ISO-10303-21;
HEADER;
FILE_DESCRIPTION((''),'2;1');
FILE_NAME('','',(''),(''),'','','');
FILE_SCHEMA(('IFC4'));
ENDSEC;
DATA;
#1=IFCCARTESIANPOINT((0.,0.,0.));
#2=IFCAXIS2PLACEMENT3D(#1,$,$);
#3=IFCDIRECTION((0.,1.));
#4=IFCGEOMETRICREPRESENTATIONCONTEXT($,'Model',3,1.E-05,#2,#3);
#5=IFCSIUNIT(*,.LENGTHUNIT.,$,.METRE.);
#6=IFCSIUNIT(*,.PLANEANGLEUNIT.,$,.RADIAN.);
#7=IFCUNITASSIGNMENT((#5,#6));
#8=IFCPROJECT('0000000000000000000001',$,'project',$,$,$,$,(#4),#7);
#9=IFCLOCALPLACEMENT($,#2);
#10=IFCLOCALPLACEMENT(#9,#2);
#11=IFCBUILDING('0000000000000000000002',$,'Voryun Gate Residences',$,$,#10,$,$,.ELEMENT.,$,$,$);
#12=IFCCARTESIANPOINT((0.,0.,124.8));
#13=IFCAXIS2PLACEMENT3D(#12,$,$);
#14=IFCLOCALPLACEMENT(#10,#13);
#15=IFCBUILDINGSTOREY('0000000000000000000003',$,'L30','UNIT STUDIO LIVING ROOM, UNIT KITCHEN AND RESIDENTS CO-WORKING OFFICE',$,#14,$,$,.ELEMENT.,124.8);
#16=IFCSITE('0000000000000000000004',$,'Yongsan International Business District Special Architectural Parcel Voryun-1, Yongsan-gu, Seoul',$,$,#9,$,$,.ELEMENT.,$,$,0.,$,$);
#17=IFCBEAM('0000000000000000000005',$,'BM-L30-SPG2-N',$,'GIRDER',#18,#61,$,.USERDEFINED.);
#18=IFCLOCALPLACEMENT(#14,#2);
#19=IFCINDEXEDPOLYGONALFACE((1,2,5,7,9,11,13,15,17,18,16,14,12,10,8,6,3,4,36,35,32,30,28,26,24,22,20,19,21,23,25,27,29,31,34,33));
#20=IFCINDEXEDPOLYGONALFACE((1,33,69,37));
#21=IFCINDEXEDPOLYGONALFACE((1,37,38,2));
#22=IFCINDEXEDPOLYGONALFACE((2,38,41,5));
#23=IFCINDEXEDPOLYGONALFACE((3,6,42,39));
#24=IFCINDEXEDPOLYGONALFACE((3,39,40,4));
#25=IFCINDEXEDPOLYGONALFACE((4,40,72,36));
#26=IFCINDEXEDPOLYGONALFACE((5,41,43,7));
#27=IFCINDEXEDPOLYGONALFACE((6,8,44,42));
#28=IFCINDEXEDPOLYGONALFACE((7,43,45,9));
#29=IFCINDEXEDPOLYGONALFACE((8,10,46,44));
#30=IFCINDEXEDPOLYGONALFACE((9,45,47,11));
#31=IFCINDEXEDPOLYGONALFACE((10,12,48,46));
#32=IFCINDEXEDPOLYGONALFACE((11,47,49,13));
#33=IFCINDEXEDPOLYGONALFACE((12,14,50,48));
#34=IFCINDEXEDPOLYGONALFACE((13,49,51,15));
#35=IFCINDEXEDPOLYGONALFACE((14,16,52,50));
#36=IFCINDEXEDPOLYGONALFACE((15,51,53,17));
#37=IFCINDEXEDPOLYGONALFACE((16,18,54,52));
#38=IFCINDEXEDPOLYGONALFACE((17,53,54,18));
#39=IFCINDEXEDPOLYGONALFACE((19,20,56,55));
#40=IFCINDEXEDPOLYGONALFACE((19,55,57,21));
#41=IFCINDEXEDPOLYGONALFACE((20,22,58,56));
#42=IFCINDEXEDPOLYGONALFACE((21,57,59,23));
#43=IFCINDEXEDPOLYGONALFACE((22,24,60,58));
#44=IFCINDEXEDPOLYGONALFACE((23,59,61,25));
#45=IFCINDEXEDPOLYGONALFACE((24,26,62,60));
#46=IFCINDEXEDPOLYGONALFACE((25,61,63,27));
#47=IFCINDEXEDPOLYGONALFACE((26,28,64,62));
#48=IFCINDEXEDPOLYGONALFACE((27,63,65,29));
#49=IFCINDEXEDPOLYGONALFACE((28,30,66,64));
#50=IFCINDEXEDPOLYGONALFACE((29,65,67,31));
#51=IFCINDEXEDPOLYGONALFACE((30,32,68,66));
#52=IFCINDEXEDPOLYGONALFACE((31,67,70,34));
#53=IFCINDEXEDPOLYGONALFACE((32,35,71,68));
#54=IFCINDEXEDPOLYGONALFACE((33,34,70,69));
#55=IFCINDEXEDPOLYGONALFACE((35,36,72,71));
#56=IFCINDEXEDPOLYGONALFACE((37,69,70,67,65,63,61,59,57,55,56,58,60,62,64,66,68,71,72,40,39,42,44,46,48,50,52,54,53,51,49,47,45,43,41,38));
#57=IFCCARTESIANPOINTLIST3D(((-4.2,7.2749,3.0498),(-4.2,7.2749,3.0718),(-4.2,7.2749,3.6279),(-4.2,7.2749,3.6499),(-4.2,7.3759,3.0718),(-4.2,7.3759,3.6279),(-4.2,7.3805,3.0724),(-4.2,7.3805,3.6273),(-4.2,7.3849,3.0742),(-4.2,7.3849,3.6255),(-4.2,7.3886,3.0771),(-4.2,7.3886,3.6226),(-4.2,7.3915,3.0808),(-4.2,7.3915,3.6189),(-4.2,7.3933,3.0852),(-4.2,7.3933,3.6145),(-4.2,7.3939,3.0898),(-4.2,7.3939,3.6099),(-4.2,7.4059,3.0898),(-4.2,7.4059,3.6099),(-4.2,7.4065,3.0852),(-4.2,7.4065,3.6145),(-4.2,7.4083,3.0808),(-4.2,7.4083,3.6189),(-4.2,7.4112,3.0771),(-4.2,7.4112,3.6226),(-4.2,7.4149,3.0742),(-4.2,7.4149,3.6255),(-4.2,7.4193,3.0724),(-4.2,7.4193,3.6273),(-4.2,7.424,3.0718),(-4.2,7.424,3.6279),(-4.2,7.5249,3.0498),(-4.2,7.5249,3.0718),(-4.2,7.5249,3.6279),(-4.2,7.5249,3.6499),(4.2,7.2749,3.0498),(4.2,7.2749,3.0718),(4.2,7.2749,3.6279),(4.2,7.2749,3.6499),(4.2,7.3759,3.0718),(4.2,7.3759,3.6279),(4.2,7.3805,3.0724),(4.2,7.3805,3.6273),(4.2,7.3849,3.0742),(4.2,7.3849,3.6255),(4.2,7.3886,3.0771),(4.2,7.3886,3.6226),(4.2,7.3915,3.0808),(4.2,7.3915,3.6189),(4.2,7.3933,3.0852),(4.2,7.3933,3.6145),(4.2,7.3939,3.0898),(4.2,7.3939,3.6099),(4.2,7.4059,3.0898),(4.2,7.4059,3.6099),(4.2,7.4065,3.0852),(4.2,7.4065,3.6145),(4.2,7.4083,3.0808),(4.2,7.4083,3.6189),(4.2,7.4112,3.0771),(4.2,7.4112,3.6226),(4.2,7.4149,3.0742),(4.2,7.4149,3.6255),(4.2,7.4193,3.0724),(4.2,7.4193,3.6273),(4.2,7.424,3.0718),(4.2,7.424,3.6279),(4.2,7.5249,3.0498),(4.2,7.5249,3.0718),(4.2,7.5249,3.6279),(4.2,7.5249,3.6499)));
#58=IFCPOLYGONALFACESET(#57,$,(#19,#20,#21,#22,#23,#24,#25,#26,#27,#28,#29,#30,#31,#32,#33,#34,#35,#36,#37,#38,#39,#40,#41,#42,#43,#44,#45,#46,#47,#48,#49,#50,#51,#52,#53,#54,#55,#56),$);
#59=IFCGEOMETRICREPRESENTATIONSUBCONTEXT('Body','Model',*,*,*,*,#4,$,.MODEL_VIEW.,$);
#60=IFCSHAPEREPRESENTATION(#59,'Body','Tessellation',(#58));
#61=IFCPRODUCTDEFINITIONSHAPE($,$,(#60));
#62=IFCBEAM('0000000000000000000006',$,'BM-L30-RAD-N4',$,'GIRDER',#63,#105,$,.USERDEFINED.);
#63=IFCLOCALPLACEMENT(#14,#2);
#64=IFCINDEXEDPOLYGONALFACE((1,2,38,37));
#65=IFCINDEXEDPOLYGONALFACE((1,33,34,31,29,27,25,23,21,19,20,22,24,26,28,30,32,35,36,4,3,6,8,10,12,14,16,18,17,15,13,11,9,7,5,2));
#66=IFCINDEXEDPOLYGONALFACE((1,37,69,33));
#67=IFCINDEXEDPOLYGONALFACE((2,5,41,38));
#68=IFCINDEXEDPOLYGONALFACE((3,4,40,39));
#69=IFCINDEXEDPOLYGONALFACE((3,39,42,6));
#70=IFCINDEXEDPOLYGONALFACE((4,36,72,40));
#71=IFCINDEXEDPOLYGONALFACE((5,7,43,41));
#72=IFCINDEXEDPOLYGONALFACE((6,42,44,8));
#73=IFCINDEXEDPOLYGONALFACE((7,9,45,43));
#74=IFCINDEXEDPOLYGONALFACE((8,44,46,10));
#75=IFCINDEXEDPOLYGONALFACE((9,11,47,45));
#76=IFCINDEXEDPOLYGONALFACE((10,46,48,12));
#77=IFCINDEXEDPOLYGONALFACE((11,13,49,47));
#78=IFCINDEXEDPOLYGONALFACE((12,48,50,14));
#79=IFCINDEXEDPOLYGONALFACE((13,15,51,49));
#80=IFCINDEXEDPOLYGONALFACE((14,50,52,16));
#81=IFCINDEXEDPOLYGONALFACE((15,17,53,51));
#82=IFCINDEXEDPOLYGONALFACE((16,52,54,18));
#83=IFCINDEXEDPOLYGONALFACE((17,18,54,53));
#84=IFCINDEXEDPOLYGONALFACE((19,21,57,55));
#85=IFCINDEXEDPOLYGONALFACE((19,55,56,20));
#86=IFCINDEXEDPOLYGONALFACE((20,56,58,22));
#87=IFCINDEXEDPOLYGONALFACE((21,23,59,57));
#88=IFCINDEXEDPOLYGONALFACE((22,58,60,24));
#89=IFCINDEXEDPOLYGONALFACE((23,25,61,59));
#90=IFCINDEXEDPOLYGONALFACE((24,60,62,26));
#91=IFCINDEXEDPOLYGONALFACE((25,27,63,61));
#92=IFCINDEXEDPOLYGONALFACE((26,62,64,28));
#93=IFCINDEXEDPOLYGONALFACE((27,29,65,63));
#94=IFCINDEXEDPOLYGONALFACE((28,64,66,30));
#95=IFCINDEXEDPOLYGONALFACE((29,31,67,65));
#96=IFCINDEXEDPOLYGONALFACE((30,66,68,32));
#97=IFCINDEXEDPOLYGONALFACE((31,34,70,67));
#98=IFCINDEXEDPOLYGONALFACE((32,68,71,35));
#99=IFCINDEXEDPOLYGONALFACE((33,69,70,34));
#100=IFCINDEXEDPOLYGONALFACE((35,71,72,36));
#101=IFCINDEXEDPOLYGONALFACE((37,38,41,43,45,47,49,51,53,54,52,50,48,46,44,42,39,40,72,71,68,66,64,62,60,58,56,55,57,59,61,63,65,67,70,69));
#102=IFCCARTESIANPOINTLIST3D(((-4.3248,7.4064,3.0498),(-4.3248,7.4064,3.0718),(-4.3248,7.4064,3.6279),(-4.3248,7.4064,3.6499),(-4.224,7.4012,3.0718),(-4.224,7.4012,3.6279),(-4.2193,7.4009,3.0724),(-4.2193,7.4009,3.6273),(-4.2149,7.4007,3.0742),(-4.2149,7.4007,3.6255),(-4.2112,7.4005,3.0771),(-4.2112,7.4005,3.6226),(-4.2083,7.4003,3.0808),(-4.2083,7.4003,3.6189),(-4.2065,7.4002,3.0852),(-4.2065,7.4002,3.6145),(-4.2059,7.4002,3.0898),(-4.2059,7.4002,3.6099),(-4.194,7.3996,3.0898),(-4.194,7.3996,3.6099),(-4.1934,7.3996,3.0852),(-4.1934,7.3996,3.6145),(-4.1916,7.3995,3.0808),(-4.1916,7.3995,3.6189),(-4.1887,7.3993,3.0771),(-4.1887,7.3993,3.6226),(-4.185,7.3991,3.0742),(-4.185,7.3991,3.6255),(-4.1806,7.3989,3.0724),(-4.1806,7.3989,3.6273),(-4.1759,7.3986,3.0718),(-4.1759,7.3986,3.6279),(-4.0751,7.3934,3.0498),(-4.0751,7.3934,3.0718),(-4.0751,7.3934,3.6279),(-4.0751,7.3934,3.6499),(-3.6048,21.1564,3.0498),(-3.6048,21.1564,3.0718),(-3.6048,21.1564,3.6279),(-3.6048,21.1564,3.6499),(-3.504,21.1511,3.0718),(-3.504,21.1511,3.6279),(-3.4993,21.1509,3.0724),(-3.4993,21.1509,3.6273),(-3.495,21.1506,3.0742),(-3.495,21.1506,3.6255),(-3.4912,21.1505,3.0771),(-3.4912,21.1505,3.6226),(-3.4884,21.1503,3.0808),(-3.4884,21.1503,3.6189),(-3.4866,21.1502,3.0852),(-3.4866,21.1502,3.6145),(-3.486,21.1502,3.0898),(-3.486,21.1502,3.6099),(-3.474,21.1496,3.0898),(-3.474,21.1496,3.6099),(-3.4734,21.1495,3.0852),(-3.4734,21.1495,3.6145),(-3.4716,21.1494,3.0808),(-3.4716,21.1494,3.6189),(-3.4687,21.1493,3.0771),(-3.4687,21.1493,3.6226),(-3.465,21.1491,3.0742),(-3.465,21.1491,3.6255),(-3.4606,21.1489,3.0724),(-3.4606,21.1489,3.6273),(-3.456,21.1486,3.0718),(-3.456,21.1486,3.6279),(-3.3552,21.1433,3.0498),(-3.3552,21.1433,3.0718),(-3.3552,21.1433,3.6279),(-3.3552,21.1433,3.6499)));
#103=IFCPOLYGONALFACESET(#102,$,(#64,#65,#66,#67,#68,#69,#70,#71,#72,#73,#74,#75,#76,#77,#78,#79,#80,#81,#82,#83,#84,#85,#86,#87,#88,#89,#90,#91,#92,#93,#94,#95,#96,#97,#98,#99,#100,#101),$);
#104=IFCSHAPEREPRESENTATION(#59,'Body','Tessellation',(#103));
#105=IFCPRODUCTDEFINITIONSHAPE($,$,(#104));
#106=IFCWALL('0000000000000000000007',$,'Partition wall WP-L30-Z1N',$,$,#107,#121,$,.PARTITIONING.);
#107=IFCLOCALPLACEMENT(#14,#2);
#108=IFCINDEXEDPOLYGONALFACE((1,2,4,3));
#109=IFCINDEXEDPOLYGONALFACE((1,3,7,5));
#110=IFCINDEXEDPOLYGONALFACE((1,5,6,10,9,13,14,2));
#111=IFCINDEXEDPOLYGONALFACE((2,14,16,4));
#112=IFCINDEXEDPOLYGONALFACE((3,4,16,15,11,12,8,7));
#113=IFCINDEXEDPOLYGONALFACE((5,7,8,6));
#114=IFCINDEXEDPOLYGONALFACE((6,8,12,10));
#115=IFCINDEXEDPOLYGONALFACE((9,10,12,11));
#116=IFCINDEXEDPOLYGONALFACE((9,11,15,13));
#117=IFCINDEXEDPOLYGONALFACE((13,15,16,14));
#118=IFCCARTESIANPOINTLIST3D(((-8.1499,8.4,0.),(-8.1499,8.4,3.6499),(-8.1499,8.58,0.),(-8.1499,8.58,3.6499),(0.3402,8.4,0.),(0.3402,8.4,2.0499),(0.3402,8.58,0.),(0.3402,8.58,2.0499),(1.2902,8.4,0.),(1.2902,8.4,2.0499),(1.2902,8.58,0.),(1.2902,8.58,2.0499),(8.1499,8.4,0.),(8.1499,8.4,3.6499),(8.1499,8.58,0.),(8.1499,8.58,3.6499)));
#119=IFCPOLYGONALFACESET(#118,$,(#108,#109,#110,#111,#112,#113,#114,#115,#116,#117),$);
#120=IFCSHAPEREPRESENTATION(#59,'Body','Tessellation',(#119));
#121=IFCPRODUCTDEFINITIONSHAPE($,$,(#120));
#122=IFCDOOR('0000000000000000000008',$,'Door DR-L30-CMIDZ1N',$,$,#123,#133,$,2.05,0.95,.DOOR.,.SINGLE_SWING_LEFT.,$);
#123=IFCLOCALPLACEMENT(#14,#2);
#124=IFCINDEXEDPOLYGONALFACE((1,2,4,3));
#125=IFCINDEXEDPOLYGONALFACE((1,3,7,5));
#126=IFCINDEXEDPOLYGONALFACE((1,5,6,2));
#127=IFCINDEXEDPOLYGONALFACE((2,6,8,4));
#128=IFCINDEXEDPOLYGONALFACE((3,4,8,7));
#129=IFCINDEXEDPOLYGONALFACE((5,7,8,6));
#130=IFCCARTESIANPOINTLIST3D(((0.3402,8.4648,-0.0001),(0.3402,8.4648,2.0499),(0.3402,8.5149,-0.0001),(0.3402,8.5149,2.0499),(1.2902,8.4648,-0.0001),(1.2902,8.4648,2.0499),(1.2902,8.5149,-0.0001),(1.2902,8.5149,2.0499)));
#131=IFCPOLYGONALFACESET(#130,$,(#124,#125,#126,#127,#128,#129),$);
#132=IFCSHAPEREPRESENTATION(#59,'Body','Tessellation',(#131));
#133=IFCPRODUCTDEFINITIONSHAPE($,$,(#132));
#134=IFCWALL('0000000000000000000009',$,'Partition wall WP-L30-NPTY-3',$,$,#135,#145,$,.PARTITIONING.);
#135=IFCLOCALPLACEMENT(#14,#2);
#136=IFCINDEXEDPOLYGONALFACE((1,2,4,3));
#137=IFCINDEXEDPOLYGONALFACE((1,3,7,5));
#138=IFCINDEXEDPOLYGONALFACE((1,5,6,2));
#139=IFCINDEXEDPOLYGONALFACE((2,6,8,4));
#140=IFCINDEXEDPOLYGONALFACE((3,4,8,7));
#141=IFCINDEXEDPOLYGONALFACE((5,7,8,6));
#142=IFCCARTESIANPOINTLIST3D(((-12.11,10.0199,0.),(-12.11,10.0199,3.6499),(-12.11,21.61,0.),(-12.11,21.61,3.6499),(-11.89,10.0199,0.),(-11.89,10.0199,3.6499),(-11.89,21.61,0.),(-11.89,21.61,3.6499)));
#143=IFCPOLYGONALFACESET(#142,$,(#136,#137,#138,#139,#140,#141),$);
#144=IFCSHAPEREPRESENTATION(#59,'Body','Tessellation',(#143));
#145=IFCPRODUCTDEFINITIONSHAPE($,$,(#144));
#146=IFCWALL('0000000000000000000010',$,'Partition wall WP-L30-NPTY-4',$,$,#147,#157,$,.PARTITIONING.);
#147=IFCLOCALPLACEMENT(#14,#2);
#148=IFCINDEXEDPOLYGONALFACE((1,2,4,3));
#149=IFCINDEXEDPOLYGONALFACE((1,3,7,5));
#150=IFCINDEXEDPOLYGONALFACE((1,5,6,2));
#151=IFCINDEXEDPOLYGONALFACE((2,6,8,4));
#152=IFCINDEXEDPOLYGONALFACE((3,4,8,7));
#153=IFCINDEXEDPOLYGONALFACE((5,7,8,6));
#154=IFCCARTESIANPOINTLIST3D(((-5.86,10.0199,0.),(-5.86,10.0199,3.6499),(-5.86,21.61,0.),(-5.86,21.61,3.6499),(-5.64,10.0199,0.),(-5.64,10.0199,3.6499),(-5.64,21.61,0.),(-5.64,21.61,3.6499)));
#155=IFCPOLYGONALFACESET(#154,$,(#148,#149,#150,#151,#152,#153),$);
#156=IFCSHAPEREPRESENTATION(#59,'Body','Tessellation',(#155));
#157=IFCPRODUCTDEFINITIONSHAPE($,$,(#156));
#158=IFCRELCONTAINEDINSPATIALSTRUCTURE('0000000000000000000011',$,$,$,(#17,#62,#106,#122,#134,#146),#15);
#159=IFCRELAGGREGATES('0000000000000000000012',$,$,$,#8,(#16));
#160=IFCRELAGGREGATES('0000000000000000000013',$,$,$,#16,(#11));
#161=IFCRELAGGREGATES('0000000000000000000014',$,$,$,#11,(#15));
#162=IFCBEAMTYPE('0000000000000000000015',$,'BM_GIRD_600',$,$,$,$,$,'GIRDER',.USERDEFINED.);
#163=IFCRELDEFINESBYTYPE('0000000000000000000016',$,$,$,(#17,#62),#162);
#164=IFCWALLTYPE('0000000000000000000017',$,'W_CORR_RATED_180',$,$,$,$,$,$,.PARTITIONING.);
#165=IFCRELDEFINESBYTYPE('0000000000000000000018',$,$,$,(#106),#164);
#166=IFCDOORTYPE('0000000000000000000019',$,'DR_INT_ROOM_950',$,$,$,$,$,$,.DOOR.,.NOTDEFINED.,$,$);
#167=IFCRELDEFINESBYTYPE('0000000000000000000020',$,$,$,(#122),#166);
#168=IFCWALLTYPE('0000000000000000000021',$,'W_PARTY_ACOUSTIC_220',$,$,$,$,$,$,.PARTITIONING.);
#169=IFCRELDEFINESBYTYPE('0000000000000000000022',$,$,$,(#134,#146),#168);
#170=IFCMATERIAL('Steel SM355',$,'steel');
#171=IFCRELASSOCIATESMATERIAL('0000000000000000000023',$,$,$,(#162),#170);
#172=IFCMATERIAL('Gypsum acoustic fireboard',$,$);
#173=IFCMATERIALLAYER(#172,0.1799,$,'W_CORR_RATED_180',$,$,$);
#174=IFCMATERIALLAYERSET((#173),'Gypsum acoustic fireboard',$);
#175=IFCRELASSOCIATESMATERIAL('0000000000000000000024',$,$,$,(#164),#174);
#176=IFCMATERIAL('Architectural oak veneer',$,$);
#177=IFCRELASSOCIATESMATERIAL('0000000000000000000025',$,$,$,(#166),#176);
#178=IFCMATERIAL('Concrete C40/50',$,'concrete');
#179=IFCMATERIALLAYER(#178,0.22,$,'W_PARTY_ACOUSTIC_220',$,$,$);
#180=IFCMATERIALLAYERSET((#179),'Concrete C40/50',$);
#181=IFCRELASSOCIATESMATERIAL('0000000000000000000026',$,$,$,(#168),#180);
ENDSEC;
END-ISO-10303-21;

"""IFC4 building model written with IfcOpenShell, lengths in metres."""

from ifc_helpers import new_model, si_unit, direction, frame, frame_2d, origin, origin_2d, place, context, subcontext, project, spatial, rectangle, i_section, extrude, material, layer, layer_set, material_profile, profile_set, type_object, element, fill, save


model = new_model("IFC4")

# Units and contexts
model_context = context("Model", 3, precision=1e-05, world=origin(), true_north=direction((0.0, 1.0)))
body_context = subcontext(model_context, "Body", "Model", "MODEL_VIEW")
ifc_project = project(units=[si_unit("LENGTHUNIT", "METRE"), si_unit("PLANEANGLEUNIT", "RADIAN")], contexts=[model_context])

# Site, building, storey
site_placement = place(None, origin())
site = spatial("IfcSite", under=ifc_project, at=site_placement, Name="Yongsan International Business District Special Architectural Parcel Voryun-1, Yongsan-gu, Seoul", CompositionType="ELEMENT", RefElevation=0.0)
building_placement = place(site_placement, origin())
building = spatial("IfcBuilding", under=site, at=building_placement, Name="Voryun Gate Residences", CompositionType="ELEMENT")
storey_placement = place(building_placement, frame((0.0, 0.0, 124.8)))
storey = spatial("IfcBuildingStorey", under=building, at=storey_placement, Name="L30", Description="UNIT STUDIO LIVING ROOM, UNIT KITCHEN AND RESIDENTS CO-WORKING OFFICE", CompositionType="ELEMENT", Elevation=124.8)

# Beams
ifc_material_1 = material(Name="Steel SM355", Category="steel")
ifc_material_profile_1 = material_profile(ifc_material_1, i_section(OverallWidth=0.25, OverallDepth=0.6001, WebThickness=0.012, FlangeThickness=0.022, FilletRadius=0.0181, at=origin_2d()), Name="H-600x250x12x22")
ifc_profile_set_1 = profile_set([ifc_material_profile_1], Name="Steel SM355")
beam_type_1 = type_object("IfcBeamType", Name="BM_GIRD_600", ElementType="GIRDER", PredefinedType="USERDEFINED", material=ifc_profile_set_1)
beam_1_placement = place(storey_placement, frame((-4.2, 7.3999, 3.3499), z_axis=(1.0, 0.0, 0.0), x_axis=(0.0, 1.0, 0.0)))
element("IfcBeam", 1, at=beam_1_placement, inside=storey, type_object=beam_type_1, Name="BM-L30-SPG2-N", ObjectType="GIRDER", PredefinedType="USERDEFINED", context=body_context, shape_type="SweptSolid", body=[
    extrude(i_section(OverallWidth=0.25, OverallDepth=0.6001, WebThickness=0.012, FlangeThickness=0.022, FilletRadius=0.0181, at=origin_2d()), origin(), (0.0, 0.0, 1.0), 8.3999),
])
beam_2_placement = place(storey_placement, frame((-4.2, 7.3999, 3.3499), z_axis=(0.05229, 0.998632, 0.0), x_axis=(-0.998632, 0.05229, 0.0)))
element("IfcBeam", 2, at=beam_2_placement, inside=storey, type_object=beam_type_1, Name="BM-L30-RAD-N4", ObjectType="GIRDER", PredefinedType="USERDEFINED", context=body_context, shape_type="SweptSolid", body=[
    extrude(i_section(OverallWidth=0.25, OverallDepth=0.6001, WebThickness=0.012, FlangeThickness=0.022, FilletRadius=0.0181, at=origin_2d()), origin(), (0.0, 0.0, 1.0), 13.7688),
])

# Wall, opening, door
ifc_material_2 = material(Name="Gypsum acoustic fireboard")
ifc_layer_1 = layer(ifc_material_2, 0.1799, Name="W_CORR_RATED_180")
ifc_layer_set_1 = layer_set([ifc_layer_1], Name="Gypsum acoustic fireboard")
wall_type_1 = type_object("IfcWallType", Name="W_CORR_RATED_180", PredefinedType="PARTITIONING", material=ifc_layer_set_1)
wall_1_placement = place(storey_placement, frame((-8.1499, 8.49, 0.0), z_axis=(0.0, 0.0, 1.0), x_axis=(1.0, 0.0, 0.0)))
wall_1 = element("IfcWall", 3, at=wall_1_placement, inside=storey, type_object=wall_type_1, Name="Partition wall WP-L30-Z1N", PredefinedType="PARTITIONING", context=body_context, shape_type="SweptSolid", body=[
    extrude(rectangle(XDim=16.2998, YDim=0.1799, at=frame_2d((8.1499, 0.0))), origin(), (0.0, 0.0, 1.0), 3.6499),
])
opening_1_placement = place(wall_1_placement, frame((8.49, 0.0, 0.0)))
opening_1 = element("IfcOpeningElement", 4, at=opening_1_placement, cuts=wall_1, PredefinedType="OPENING", context=body_context, shape_type="SweptSolid", body=[
    extrude(rectangle(XDim=0.95, YDim=2.05, at=frame_2d((0.4751, 1.0249))), frame((0.0, 0.0999, 0.0), z_axis=(0.0, -1.0, 0.0), x_axis=(1.0, 0.0, 0.0)), (0.0, 0.0, 1.0), 0.2),
])
ifc_material_3 = material(Name="Architectural oak veneer")
door_type_1 = type_object("IfcDoorType", Name="DR_INT_ROOM_950", OperationType="NOTDEFINED", PredefinedType="DOOR", material=ifc_material_3)
door_1_placement = place(opening_1_placement, origin())
door_1 = element("IfcDoor", 5, at=door_1_placement, inside=storey, type_object=door_type_1, Name="Door DR-L30-CMIDZ1N", OperationType="SINGLE_SWING_LEFT", OverallHeight=2.05, OverallWidth=0.95, PredefinedType="DOOR", context=body_context, shape_type="SweptSolid", body=[
    extrude(rectangle(XDim=0.95, YDim=2.05, at=frame_2d((0.4751, 1.0249))), frame((0.0, 0.0249, 0.0), z_axis=(0.0, -1.0, 0.0), x_axis=(1.0, 0.0, 0.0)), (0.0, 0.0, 1.0), 0.05),
])
fill(opening_1, door_1)

# Walls
ifc_material_4 = material(Name="Concrete C40/50", Category="concrete")
ifc_layer_2 = layer(ifc_material_4, 0.22, Name="W_PARTY_ACOUSTIC_220")
ifc_layer_set_2 = layer_set([ifc_layer_2], Name="Concrete C40/50")
wall_type_2 = type_object("IfcWallType", Name="W_PARTY_ACOUSTIC_220", PredefinedType="PARTITIONING", material=ifc_layer_set_2)
for number, where, z_axis, x_axis, name in (
    (6, (-12.0, 10.02, 0.0), (0.0, 0.0, 1.0), (0.0, 1.0, 0.0), "Partition wall WP-L30-NPTY-3"),
    (7, (-5.75, 10.02, 0.0), (0.0, 0.0, 1.0), (0.0, 1.0, 0.0), "Partition wall WP-L30-NPTY-4"),
):
    element("IfcWall", number, at=place(storey_placement, frame(where, z_axis=z_axis, x_axis=x_axis)), inside=storey, type_object=wall_type_2, Name=name, PredefinedType="PARTITIONING", context=body_context, shape_type="SweptSolid", body=[
        extrude(rectangle(XDim=11.5901, YDim=0.22, at=frame_2d((5.7949, 0.0))), origin(), (0.0, 0.0, 1.0), 3.6499),
    ])

save(model, "model.ifc")
